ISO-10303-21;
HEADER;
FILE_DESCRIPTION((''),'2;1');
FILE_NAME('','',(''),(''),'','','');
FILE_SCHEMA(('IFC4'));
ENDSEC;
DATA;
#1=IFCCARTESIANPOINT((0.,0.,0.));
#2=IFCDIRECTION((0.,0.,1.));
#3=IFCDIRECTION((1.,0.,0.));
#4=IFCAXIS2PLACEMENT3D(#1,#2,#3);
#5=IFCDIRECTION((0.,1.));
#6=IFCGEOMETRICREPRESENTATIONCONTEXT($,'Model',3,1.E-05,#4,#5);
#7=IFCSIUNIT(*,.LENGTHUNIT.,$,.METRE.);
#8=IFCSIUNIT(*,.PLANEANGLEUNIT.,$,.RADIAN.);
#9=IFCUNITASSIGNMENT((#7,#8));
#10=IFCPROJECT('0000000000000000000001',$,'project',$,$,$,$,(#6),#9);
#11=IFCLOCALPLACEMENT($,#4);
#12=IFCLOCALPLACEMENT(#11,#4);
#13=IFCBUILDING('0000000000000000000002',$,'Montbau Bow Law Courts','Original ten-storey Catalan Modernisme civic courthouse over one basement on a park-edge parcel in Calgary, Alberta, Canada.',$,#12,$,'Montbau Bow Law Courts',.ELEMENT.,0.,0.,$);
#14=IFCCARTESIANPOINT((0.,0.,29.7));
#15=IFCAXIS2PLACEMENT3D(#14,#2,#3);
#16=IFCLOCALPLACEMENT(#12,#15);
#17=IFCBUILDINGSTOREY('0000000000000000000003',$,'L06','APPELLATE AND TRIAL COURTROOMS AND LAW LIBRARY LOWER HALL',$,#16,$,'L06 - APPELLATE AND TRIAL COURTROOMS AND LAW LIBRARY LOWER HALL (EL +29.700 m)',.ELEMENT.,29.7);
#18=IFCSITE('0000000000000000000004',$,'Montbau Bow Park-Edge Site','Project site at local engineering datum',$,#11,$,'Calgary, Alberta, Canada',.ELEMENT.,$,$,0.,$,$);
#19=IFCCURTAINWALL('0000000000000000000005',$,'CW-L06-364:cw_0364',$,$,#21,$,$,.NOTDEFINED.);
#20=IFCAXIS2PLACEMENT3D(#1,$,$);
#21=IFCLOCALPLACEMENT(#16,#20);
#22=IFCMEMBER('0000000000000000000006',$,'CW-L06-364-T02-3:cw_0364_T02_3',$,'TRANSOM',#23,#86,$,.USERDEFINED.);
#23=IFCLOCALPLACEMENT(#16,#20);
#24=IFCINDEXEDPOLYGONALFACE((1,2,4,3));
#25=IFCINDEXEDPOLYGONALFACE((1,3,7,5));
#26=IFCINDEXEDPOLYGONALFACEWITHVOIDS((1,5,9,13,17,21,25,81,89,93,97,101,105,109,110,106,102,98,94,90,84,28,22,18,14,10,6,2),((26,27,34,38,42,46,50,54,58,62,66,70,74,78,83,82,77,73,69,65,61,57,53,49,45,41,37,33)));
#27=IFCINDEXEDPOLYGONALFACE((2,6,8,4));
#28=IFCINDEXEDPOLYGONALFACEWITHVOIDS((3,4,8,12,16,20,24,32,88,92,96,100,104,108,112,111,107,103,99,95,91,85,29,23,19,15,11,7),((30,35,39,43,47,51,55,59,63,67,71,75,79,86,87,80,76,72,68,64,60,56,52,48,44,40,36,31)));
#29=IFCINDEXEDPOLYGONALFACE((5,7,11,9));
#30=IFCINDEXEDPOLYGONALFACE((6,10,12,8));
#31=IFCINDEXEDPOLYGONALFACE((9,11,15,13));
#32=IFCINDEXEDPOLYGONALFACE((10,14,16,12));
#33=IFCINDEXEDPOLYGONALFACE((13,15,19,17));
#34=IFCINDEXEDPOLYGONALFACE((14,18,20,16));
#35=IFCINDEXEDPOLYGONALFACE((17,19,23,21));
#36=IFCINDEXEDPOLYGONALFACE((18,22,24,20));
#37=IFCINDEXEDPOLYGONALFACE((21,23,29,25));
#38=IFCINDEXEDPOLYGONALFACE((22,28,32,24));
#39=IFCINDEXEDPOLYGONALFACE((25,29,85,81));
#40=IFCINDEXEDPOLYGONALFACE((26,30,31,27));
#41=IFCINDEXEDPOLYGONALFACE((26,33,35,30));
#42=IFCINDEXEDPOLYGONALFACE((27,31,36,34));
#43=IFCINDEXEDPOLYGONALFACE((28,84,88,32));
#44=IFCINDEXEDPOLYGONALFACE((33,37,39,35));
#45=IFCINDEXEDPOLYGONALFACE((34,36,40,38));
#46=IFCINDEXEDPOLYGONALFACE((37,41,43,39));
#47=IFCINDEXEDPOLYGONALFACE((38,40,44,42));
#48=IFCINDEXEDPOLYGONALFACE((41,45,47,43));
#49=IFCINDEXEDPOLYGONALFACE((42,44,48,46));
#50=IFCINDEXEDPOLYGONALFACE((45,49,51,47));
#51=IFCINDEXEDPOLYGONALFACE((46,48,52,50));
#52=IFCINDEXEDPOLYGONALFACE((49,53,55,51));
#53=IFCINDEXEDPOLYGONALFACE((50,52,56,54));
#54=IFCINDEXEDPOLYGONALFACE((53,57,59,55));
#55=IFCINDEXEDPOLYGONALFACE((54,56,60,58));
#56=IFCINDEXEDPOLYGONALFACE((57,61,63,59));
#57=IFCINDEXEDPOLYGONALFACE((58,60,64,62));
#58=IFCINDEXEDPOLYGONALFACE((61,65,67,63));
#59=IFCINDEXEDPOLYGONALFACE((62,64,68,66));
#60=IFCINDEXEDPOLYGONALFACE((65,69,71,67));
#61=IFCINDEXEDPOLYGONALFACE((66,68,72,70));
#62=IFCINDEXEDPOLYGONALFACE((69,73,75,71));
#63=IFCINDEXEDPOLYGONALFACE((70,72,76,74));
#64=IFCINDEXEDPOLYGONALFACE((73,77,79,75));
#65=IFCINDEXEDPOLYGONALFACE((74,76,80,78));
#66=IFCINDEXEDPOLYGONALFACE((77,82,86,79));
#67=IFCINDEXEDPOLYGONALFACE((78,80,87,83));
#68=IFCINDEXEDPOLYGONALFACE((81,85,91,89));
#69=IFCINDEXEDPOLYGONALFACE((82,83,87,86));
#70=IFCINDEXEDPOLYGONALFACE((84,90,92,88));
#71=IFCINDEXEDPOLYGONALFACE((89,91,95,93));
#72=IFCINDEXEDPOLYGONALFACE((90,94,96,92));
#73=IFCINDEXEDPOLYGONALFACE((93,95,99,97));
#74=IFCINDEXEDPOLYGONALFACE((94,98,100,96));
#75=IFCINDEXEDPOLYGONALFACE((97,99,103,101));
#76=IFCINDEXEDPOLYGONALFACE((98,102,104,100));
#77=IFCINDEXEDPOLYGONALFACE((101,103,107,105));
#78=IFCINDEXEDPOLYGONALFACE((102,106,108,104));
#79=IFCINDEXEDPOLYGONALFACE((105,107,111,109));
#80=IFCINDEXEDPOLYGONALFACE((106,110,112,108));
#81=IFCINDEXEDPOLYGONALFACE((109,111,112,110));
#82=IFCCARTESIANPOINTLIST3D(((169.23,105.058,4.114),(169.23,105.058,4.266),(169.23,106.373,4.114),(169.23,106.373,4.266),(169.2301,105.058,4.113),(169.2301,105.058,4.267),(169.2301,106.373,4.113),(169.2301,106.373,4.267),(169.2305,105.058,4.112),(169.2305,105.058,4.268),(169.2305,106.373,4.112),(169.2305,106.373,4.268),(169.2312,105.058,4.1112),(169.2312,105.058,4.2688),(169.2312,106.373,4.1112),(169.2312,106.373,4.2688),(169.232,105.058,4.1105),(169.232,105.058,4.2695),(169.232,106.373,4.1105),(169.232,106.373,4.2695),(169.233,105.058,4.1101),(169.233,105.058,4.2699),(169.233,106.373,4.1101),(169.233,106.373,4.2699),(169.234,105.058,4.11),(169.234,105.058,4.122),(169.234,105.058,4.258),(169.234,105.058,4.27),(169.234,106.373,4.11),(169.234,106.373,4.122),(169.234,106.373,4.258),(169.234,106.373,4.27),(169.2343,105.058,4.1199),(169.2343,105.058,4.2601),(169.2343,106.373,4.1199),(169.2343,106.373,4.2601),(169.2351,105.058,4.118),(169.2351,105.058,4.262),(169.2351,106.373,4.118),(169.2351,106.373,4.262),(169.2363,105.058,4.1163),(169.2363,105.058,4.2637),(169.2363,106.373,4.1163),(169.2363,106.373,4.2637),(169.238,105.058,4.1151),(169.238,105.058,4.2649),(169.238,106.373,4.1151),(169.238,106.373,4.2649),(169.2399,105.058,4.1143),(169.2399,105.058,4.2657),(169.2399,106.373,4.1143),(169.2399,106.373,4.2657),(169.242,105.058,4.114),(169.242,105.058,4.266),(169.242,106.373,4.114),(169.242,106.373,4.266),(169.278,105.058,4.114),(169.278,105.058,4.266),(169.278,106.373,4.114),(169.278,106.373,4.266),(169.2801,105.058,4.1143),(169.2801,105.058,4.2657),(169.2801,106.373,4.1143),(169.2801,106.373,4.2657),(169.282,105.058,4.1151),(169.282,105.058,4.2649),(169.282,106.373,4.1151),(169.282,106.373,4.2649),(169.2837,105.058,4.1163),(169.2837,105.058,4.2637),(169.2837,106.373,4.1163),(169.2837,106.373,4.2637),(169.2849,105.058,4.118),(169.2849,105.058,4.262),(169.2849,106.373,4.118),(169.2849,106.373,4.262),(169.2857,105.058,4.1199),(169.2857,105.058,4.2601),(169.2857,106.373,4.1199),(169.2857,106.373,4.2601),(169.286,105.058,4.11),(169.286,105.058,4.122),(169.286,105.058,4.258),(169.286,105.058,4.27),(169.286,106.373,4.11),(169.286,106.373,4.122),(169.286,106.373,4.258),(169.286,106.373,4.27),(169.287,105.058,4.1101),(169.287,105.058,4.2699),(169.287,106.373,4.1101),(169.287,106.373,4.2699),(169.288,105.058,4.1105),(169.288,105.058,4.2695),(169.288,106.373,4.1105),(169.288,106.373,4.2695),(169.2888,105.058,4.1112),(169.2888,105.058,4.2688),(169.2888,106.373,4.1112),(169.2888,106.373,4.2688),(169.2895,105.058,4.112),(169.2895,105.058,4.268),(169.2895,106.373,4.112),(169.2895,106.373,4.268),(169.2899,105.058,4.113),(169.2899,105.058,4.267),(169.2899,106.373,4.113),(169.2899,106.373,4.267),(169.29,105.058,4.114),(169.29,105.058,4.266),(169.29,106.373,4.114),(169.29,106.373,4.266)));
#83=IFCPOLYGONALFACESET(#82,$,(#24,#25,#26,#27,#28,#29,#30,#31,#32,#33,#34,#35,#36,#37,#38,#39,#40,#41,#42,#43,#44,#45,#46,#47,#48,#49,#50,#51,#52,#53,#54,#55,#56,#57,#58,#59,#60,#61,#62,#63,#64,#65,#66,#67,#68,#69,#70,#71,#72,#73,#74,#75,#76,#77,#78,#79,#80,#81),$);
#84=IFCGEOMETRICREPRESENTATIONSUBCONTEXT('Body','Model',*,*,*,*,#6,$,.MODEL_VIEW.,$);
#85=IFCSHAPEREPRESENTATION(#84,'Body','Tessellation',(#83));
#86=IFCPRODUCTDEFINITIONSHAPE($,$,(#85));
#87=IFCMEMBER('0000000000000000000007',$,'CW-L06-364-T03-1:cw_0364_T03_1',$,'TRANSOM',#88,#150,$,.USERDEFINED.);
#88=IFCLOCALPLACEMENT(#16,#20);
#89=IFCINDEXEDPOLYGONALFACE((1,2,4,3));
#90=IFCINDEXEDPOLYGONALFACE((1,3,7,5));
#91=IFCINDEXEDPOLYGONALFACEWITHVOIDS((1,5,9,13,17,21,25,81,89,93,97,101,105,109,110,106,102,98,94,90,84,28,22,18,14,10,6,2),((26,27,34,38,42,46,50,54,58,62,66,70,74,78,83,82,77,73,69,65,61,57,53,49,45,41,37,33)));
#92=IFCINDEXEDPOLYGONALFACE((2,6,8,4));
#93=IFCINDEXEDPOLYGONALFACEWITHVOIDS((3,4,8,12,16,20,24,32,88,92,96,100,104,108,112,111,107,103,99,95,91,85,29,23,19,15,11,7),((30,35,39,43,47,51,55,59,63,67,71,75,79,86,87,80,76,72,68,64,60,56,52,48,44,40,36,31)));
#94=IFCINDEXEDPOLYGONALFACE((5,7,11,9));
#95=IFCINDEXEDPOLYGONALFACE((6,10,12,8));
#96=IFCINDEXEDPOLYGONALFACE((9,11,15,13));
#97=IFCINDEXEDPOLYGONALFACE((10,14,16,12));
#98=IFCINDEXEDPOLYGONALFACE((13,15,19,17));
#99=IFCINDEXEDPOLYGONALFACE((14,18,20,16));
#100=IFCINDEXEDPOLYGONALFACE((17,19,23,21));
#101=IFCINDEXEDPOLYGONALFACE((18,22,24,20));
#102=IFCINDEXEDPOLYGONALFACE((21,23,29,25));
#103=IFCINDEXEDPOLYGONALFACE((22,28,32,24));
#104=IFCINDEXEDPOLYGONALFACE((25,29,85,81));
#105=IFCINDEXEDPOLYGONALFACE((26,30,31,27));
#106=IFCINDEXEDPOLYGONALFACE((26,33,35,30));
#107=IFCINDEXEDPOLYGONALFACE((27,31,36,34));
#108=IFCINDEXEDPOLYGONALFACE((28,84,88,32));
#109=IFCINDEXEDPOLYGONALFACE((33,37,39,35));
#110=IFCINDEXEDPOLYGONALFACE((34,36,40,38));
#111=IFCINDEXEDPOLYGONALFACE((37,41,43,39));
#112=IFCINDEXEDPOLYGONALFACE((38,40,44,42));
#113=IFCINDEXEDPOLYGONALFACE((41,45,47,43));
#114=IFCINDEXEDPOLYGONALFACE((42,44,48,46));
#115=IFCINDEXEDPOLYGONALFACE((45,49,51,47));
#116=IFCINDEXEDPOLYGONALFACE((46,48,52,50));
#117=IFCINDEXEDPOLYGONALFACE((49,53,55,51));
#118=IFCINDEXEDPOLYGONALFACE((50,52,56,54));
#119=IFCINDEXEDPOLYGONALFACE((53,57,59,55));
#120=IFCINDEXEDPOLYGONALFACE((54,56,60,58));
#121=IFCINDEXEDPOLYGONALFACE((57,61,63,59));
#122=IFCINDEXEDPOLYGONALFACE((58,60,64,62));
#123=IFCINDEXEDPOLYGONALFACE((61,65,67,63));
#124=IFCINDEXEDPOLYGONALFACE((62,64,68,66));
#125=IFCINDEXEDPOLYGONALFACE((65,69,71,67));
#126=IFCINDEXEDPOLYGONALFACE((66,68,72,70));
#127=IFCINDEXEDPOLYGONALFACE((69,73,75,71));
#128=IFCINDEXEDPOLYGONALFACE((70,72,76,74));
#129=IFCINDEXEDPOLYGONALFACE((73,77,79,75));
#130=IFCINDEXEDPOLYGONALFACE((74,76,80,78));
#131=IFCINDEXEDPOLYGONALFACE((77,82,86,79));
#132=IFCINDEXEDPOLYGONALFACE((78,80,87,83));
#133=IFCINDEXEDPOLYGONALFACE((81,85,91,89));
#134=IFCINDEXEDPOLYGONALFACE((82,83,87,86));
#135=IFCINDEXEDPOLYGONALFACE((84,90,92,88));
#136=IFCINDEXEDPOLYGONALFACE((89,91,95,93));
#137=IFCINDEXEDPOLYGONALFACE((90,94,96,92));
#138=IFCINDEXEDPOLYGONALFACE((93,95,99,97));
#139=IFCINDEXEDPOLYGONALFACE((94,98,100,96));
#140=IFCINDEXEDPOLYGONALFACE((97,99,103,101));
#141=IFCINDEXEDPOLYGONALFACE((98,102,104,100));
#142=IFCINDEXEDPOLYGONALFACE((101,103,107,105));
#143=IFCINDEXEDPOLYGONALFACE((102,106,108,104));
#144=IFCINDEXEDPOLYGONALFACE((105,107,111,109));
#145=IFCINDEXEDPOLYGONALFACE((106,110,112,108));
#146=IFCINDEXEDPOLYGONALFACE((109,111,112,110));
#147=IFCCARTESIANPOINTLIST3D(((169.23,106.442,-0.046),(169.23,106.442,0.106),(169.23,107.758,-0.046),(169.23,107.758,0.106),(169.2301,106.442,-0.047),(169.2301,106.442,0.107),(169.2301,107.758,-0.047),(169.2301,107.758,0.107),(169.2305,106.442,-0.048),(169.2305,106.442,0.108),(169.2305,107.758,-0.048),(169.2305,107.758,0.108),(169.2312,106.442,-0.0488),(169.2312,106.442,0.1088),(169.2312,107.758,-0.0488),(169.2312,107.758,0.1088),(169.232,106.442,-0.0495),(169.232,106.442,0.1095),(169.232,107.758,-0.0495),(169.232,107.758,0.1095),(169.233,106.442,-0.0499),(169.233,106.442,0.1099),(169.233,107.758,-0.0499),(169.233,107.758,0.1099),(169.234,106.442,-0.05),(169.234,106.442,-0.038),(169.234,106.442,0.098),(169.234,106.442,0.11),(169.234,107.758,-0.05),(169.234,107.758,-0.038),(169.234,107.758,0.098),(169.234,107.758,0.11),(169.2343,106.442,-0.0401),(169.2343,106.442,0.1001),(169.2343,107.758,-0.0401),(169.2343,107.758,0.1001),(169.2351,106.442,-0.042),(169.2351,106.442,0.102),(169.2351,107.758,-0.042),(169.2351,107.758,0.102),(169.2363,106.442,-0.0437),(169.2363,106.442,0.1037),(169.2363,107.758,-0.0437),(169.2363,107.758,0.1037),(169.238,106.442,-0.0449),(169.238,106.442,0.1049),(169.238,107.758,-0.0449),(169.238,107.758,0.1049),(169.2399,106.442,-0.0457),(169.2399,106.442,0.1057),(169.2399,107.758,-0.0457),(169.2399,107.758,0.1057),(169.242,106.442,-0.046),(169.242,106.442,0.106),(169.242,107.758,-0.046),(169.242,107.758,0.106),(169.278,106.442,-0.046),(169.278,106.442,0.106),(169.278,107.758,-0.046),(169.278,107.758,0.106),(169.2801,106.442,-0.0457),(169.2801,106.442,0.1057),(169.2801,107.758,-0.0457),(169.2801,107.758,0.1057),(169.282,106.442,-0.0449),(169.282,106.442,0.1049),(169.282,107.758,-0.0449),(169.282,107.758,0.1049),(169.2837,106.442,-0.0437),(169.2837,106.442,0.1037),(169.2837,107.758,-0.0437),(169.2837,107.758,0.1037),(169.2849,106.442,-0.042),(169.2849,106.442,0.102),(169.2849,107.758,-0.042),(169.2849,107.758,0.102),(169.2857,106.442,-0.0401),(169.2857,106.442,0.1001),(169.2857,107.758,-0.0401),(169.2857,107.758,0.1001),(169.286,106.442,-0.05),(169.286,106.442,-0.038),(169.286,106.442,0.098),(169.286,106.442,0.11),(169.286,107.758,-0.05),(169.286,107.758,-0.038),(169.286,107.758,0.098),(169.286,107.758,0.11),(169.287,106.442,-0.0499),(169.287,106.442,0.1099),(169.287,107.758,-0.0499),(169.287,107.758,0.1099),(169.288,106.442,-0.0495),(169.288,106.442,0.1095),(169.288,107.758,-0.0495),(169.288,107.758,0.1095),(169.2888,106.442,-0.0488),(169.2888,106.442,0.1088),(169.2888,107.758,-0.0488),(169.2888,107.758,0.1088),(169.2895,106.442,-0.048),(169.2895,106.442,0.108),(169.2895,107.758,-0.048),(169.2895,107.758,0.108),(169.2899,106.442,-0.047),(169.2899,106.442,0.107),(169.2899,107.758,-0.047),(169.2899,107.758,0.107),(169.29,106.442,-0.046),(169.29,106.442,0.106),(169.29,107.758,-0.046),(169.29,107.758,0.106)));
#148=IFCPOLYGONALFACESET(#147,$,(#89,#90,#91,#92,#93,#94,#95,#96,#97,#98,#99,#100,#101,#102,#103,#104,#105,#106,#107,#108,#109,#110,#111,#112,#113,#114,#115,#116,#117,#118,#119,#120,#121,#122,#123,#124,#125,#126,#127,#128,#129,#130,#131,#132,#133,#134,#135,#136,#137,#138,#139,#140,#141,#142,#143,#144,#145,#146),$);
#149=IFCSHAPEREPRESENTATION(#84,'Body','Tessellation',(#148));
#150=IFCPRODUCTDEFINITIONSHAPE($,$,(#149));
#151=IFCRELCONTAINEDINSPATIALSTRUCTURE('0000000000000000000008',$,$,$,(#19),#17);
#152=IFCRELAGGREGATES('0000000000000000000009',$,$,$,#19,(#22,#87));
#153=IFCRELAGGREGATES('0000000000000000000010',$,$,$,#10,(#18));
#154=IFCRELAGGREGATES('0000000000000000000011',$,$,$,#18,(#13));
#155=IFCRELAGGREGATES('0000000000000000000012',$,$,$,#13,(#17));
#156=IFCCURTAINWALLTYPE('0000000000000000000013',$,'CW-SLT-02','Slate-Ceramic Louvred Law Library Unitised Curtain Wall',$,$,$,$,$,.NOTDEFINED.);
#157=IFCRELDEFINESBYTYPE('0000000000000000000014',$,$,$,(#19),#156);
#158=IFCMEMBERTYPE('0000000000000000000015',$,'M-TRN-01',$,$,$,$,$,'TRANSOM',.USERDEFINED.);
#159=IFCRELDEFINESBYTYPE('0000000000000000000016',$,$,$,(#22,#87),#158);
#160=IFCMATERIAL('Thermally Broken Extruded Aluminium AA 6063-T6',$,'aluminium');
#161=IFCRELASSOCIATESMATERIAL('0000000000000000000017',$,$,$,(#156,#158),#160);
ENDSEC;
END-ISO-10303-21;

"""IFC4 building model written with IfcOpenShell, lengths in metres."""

from ifc_helpers import new_model, si_unit, direction, frame, origin_with_axes, origin_2d_with_axis, place, context, subcontext, project, spatial, hollow_rectangle, extrude, material, material_profile, profile_set, type_object, element, aggregate, save


model = new_model("IFC4")

# Units and contexts
model_context = context("Model", 3, precision=1e-05, world=origin_with_axes(), true_north=direction((0.0, 1.0)))
body_context = subcontext(model_context, "Body", "Model", "MODEL_VIEW")
ifc_project = project(units=[si_unit("LENGTHUNIT", "METRE"), si_unit("PLANEANGLEUNIT", "RADIAN")], contexts=[model_context])

# Site, building, storey
site_placement = place(None, origin_with_axes())
site = spatial("IfcSite", under=ifc_project, at=site_placement, Name="Montbau Bow Park-Edge Site", Description="Project site at local engineering datum", LongName="Calgary, Alberta, Canada", CompositionType="ELEMENT", RefElevation=0.0)
building_placement = place(site_placement, origin_with_axes())
building = spatial("IfcBuilding", under=site, at=building_placement, Name="Montbau Bow Law Courts", Description="Original ten-storey Catalan Modernisme civic courthouse over one basement on a park-edge parcel in Calgary, Alberta, Canada.", LongName="Montbau Bow Law Courts", CompositionType="ELEMENT", ElevationOfRefHeight=0.0, ElevationOfTerrain=0.0)
storey_placement = place(building_placement, frame((0.0, 0.0, 29.7), z_axis=(0.0, 0.0, 1.0), x_axis=(1.0, 0.0, 0.0)))
storey = spatial("IfcBuildingStorey", under=building, at=storey_placement, Name="L06", Description="APPELLATE AND TRIAL COURTROOMS AND LAW LIBRARY LOWER HALL", LongName="L06 - APPELLATE AND TRIAL COURTROOMS AND LAW LIBRARY LOWER HALL (EL +29.700 m)", CompositionType="ELEMENT", Elevation=29.7)

# Shared definitions
ifc_material_1 = material(Name="Thermally Broken Extruded Aluminium AA 6063-T6", Category="aluminium")
curtain_wall_type = type_object("IfcCurtainWallType", Name="CW-SLT-02", Description="Slate-Ceramic Louvred Law Library Unitised Curtain Wall", PredefinedType="NOTDEFINED", material=ifc_material_1)

# Curtain wall, members
curtain_wall_1_placement = place(None, frame((169.26, 103.64, 29.7), z_axis=(0.0, 0.0, 1.0), x_axis=(1.0, 0.0, 0.0)))
curtain_wall_1 = element("IfcCurtainWall", 1, at=curtain_wall_1_placement, inside=storey, type_object=curtain_wall_type, Name="CW-L06-364:cw_0364", PredefinedType="NOTDEFINED")
ifc_material_profile_1 = material_profile(ifc_material_1, hollow_rectangle(XDim=0.06, YDim=0.16, WallThickness=0.004, InnerFilletRadius=0.008, OuterFilletRadius=0.004, at=origin_2d_with_axis()), Name="CWT-160X60", Category="Main", Priority=0)
ifc_profile_set_1 = profile_set([ifc_material_profile_1], Name="Thermally Broken Extruded Aluminium AA 6063-T6")
member_type_1 = type_object("IfcMemberType", Name="M-TRN-01", ElementType="TRANSOM", PredefinedType="USERDEFINED", material=ifc_profile_set_1)
member_1_placement = place(None, frame((169.26, 105.058, 33.89), z_axis=(0.0, 1.0, 0.0), x_axis=(-1.0, 0.0, 0.0)))
member_1 = element("IfcMember", 2, at=member_1_placement, type_object=member_type_1, Name="CW-L06-364-T02-3:cw_0364_T02_3", ObjectType="TRANSOM", PredefinedType="USERDEFINED", context=body_context, shape_type="SweptSolid", body=[
    extrude(hollow_rectangle(XDim=0.06, YDim=0.16, WallThickness=0.004, InnerFilletRadius=0.008, OuterFilletRadius=0.004, at=origin_2d_with_axis()), origin_with_axes(), (0.0, 0.0, 1.0), 1.315),
])
member_2_placement = place(None, frame((169.26, 106.442, 29.73), z_axis=(0.0, 1.0, 0.0), x_axis=(-1.0, 0.0, 0.0)))
member_2 = element("IfcMember", 3, at=member_2_placement, type_object=member_type_1, Name="CW-L06-364-T03-1:cw_0364_T03_1", ObjectType="TRANSOM", PredefinedType="USERDEFINED", context=body_context, shape_type="SweptSolid", body=[
    extrude(hollow_rectangle(XDim=0.06, YDim=0.16, WallThickness=0.004, InnerFilletRadius=0.008, OuterFilletRadius=0.004, at=origin_2d_with_axis()), origin_with_axes(), (0.0, 0.0, 1.0), 1.316),
])

aggregate(curtain_wall_1, [member_1, member_2])

save(model, "model.ifc")
